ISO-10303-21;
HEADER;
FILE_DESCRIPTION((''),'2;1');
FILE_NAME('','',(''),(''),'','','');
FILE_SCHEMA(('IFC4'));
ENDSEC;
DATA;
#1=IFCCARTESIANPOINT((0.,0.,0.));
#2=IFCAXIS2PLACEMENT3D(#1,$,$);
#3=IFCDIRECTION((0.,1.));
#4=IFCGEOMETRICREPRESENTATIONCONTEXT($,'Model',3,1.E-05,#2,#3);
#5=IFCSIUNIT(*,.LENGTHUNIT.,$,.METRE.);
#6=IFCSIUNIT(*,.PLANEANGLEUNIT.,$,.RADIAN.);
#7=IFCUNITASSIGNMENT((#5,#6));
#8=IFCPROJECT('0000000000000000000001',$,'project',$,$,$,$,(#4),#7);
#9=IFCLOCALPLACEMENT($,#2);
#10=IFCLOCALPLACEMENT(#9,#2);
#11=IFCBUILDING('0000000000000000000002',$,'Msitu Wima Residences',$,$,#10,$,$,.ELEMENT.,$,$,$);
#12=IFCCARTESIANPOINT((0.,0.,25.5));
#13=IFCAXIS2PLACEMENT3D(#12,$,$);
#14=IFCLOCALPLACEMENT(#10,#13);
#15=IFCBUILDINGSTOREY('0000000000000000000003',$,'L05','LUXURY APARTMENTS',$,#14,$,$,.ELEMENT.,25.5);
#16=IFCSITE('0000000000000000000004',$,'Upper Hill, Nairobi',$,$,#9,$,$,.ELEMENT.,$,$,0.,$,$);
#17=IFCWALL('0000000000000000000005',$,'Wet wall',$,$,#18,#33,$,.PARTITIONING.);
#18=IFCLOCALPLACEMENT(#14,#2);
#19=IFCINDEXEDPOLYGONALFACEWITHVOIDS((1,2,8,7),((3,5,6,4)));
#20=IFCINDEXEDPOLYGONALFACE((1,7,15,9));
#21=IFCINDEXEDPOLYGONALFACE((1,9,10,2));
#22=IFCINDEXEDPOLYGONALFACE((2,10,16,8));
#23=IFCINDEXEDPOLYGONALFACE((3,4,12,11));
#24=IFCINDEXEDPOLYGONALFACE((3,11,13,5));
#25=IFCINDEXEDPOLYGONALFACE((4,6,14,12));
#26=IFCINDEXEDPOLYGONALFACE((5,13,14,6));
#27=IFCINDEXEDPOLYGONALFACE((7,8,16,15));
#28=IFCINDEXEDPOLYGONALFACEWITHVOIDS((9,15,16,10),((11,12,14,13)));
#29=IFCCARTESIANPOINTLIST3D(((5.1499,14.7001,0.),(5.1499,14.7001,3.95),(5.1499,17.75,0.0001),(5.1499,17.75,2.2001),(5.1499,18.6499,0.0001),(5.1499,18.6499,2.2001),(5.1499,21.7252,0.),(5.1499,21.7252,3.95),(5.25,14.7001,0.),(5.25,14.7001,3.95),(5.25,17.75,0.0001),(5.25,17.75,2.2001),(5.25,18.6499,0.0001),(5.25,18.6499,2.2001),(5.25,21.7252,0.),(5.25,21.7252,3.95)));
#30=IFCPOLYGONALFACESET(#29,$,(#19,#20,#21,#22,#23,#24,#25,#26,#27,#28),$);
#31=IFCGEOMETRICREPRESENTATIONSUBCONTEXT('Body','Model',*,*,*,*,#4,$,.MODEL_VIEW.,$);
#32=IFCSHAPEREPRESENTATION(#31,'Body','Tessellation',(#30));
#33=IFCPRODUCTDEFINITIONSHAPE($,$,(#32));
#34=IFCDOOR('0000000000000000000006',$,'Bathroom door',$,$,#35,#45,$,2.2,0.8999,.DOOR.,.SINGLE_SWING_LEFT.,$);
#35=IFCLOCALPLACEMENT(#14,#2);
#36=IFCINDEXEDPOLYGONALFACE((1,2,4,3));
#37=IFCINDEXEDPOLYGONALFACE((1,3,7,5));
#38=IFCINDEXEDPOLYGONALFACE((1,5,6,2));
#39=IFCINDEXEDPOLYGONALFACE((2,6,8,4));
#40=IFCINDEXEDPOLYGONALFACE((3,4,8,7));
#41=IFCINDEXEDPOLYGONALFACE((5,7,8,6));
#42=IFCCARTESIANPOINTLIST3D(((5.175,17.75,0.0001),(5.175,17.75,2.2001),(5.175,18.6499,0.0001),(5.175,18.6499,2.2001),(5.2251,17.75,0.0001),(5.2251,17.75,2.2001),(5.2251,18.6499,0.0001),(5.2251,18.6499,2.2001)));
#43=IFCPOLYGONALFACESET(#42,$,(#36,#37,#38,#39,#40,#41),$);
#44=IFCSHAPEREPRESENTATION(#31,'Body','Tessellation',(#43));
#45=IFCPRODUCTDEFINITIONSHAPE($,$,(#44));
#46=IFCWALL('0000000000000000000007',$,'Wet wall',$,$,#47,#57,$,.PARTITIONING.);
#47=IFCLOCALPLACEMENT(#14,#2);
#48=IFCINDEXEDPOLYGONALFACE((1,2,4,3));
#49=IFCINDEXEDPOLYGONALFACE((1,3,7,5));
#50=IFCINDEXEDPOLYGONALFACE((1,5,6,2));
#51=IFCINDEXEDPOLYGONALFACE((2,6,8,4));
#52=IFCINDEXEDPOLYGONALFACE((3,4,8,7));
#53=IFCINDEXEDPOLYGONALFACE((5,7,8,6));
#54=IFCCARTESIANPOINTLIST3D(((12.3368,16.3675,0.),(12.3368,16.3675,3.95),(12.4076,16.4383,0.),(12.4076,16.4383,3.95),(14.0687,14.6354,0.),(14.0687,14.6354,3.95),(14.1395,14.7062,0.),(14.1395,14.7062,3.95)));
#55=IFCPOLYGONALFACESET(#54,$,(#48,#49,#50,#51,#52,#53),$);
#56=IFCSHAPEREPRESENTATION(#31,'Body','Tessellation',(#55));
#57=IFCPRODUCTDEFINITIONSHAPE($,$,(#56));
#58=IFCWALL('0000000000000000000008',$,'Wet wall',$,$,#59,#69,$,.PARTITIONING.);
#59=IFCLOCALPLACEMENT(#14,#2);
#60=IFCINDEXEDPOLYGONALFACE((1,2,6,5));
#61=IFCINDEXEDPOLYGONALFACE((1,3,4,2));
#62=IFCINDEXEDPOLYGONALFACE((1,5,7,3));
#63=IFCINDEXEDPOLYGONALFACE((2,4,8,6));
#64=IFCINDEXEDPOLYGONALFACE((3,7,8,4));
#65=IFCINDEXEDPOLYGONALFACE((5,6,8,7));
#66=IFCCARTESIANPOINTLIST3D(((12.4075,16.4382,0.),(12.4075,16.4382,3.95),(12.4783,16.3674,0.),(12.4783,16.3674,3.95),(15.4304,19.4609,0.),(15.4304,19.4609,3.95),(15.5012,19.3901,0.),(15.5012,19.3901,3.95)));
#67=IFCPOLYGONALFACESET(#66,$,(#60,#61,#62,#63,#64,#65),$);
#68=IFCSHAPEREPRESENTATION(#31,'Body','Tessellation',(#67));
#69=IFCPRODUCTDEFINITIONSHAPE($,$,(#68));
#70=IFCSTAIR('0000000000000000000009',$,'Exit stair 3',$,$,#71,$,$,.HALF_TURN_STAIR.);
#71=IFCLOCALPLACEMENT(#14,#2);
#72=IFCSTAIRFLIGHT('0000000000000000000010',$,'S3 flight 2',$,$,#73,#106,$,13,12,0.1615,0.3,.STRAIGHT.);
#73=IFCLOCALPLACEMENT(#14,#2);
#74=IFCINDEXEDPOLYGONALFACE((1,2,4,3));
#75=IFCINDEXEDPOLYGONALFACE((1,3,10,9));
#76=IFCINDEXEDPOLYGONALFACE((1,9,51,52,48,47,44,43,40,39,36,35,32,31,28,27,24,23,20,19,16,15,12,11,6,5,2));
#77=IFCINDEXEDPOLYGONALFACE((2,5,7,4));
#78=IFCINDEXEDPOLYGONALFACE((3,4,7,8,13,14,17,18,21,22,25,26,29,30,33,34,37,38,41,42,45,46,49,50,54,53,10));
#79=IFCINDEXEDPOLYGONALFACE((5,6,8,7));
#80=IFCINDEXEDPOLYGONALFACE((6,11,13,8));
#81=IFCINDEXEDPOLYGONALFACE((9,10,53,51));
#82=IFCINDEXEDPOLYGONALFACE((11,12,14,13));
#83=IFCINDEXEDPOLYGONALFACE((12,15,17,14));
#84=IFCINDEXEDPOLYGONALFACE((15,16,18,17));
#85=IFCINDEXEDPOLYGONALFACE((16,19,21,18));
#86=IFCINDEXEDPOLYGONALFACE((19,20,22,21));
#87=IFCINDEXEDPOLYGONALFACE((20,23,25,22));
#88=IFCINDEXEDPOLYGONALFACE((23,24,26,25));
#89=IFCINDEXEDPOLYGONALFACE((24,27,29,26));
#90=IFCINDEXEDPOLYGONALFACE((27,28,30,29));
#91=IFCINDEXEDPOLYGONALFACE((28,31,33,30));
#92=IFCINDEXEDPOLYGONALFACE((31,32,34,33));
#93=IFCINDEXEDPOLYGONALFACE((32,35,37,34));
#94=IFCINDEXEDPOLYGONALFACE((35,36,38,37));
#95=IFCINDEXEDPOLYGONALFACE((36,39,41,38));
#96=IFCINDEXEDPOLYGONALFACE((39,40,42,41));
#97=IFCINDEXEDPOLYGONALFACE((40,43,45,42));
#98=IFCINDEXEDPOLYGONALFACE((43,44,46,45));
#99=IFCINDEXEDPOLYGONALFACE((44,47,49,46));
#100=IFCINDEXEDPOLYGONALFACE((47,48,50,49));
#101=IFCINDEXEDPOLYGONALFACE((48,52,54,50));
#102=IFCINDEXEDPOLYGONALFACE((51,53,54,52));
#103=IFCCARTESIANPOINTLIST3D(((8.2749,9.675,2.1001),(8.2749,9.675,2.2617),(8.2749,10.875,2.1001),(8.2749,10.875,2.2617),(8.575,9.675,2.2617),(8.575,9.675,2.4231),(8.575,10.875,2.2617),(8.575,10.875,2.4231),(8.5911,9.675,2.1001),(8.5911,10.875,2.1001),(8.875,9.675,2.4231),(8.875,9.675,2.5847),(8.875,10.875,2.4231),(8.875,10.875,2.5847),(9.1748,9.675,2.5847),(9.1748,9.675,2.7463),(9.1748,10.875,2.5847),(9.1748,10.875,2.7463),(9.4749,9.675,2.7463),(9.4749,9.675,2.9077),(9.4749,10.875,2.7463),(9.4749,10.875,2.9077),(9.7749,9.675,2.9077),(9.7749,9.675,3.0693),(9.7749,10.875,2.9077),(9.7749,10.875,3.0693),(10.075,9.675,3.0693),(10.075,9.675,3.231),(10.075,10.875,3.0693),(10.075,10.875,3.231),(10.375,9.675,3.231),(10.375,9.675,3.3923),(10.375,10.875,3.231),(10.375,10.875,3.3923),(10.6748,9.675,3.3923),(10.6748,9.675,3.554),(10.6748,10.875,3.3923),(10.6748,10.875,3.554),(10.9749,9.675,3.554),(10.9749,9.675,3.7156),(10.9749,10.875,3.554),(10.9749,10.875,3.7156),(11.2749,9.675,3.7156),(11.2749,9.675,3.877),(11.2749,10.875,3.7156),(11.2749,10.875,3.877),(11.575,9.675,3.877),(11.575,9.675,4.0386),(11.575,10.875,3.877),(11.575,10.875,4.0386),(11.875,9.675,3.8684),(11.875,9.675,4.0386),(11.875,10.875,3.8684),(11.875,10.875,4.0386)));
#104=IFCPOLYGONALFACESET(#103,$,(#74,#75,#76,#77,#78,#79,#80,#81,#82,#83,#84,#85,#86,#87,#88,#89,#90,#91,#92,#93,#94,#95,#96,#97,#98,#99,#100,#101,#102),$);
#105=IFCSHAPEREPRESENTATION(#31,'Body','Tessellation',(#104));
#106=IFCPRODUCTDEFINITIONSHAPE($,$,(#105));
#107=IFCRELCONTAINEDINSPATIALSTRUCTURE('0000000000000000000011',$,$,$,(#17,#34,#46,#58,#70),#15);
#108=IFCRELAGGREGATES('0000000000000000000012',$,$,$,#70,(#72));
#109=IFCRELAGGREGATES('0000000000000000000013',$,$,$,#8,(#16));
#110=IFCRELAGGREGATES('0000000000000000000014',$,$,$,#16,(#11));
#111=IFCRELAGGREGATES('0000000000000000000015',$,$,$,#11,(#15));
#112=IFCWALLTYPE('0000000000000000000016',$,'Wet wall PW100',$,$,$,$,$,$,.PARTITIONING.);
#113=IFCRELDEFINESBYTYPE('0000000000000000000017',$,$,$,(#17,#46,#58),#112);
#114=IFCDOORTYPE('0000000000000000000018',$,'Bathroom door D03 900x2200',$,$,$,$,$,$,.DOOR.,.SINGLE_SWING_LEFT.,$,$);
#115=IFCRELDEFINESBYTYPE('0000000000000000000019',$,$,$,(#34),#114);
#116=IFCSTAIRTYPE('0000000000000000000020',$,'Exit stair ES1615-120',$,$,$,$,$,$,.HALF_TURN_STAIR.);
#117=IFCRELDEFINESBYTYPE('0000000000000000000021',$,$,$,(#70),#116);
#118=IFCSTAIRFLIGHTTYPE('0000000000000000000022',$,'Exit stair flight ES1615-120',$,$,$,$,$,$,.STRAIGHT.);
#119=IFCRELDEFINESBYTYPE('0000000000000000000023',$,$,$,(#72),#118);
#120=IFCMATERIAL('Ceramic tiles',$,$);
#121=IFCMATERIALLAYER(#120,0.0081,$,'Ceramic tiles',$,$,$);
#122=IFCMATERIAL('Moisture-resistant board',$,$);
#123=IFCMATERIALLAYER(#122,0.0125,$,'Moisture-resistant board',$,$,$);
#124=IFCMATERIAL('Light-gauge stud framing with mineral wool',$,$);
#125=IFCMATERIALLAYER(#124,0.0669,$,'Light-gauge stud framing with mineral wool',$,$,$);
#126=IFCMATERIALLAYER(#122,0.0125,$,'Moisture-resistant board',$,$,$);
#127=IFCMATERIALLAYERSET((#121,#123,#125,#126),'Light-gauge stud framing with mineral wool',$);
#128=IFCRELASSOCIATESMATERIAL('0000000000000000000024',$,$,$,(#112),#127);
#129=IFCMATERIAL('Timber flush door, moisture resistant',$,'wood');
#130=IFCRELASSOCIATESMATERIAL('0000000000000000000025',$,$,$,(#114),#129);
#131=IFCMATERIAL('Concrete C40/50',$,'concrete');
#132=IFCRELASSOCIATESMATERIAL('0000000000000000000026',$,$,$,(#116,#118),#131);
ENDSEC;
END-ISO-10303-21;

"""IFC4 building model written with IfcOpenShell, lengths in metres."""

from ifc_helpers import new_model, si_unit, direction, frame, frame_2d, origin, place, context, subcontext, project, spatial, polyline, rectangle, outline, extrude, material, layer, layer_set, type_object, element, fill, aggregate, save


model = new_model("IFC4")

# Units and contexts
model_context = context("Model", 3, precision=1e-05, world=origin(), true_north=direction((0.0, 1.0)))
body_context = subcontext(model_context, "Body", "Model", "MODEL_VIEW")
ifc_project = project(units=[si_unit("LENGTHUNIT", "METRE"), si_unit("PLANEANGLEUNIT", "RADIAN")], contexts=[model_context])

# Site, building, storey
site_placement = place(None, origin())
site = spatial("IfcSite", under=ifc_project, at=site_placement, Name="Upper Hill, Nairobi", CompositionType="ELEMENT", RefElevation=0.0)
building_placement = place(site_placement, origin())
building = spatial("IfcBuilding", under=site, at=building_placement, Name="Msitu Wima Residences", CompositionType="ELEMENT")
storey_placement = place(building_placement, frame((0.0, 0.0, 25.5)))
storey = spatial("IfcBuildingStorey", under=building, at=storey_placement, Name="L05", Description="LUXURY APARTMENTS", CompositionType="ELEMENT", Elevation=25.5)

# Shared definitions
ifc_material_1 = material(Name="Ceramic tiles")
ifc_layer_1 = layer(ifc_material_1, 0.0081, Name="Ceramic tiles")
ifc_material_2 = material(Name="Moisture-resistant board")
ifc_layer_2 = layer(ifc_material_2, 0.0125, Name="Moisture-resistant board")
ifc_material_3 = material(Name="Light-gauge stud framing with mineral wool")
ifc_layer_3 = layer(ifc_material_3, 0.0669, Name="Light-gauge stud framing with mineral wool")
ifc_layer_4 = layer(ifc_material_2, 0.0125, Name="Moisture-resistant board")
ifc_layer_set_1 = layer_set([ifc_layer_1, ifc_layer_2, ifc_layer_3, ifc_layer_4], Name="Light-gauge stud framing with mineral wool")
wall_type_1 = type_object("IfcWallType", Name="Wet wall PW100", PredefinedType="PARTITIONING", material=ifc_layer_set_1)
ifc_material_4 = material(Name="Timber flush door, moisture resistant", Category="wood")
door_type_1 = type_object("IfcDoorType", Name="Bathroom door D03 900x2200", OperationType="SINGLE_SWING_LEFT", PredefinedType="DOOR", material=ifc_material_4)

# Wall, opening, door
wall_1_placement = place(storey_placement, frame((5.2, 14.7, 0.0), z_axis=(0.0, 0.0, 1.0), x_axis=(0.0, 1.0, 0.0)))
wall_1 = element("IfcWall", 1, at=wall_1_placement, inside=storey, type_object=wall_type_1, Name="Wet wall", PredefinedType="PARTITIONING", context=body_context, shape_type="SweptSolid", body=[
    extrude(rectangle(XDim=7.0251, YDim=0.1001, at=frame_2d((3.5127, 0.0))), origin(), (0.0, 0.0, 1.0), 3.95),
])
opening_1_placement = place(wall_1_placement, frame((3.05, 0.0, 0.0)))
opening_1 = element("IfcOpeningElement", 2, at=opening_1_placement, cuts=wall_1, PredefinedType="OPENING", context=body_context, shape_type="SweptSolid", body=[
    extrude(rectangle(XDim=0.8999, YDim=2.2, at=frame_2d((0.45, 1.1001))), frame((0.0, 0.0601, 0.0), z_axis=(0.0, -1.0, 0.0), x_axis=(1.0, 0.0, 0.0)), (0.0, 0.0, 1.0), 0.1201),
])
door_1_placement = place(opening_1_placement, origin())
door_1 = element("IfcDoor", 3, at=door_1_placement, inside=storey, type_object=door_type_1, Name="Bathroom door", OperationType="SINGLE_SWING_LEFT", OverallHeight=2.2, OverallWidth=0.8999, PredefinedType="DOOR", context=body_context, shape_type="SweptSolid", body=[
    extrude(rectangle(XDim=0.8999, YDim=2.2, at=frame_2d((0.45, 1.1001))), frame((0.0, 0.0249, 0.0), z_axis=(0.0, -1.0, 0.0), x_axis=(1.0, 0.0, 0.0)), (0.0, 0.0, 1.0), 0.05),
])
fill(opening_1, door_1)

# Walls
wall_2_placement = place(storey_placement, frame((12.3723, 16.4028, 0.0), z_axis=(0.0, 0.0, 1.0), x_axis=(0.707057, -0.707157, 0.0)))
element("IfcWall", 4, at=wall_2_placement, inside=storey, type_object=wall_type_1, Name="Wet wall", PredefinedType="PARTITIONING", context=body_context, shape_type="SweptSolid", body=[
    extrude(rectangle(XDim=2.4495, YDim=0.1001, at=frame_2d((1.2246, 0.0))), origin(), (0.0, 0.0, 1.0), 3.95),
])
wall_3_placement = place(storey_placement, frame((12.4429, 16.4028, 0.0), z_axis=(0.0, 0.0, 1.0), x_axis=(0.707135, 0.707078, 0.0)))
element("IfcWall", 5, at=wall_3_placement, inside=storey, type_object=wall_type_1, Name="Wet wall", PredefinedType="PARTITIONING", context=body_context, shape_type="SweptSolid", body=[
    extrude(rectangle(XDim=4.2749, YDim=0.1001, at=frame_2d((2.1375, 0.0))), origin(), (0.0, 0.0, 1.0), 3.95),
])

# Stair, stair flight
ifc_material_5 = material(Name="Concrete C40/50", Category="concrete")
stair_type = type_object("IfcStairType", Name="Exit stair ES1615-120", PredefinedType="HALF_TURN_STAIR", material=ifc_material_5)
stair_placement = place(storey_placement, origin())
stair = element("IfcStair", 6, at=stair_placement, inside=storey, type_object=stair_type, Name="Exit stair 3", PredefinedType="HALF_TURN_STAIR")
stair_flight_type = type_object("IfcStairFlightType", Name="Exit stair flight ES1615-120", PredefinedType="STRAIGHT", material=ifc_material_5)
stair_flight_placement = place(storey_placement, frame((8.2749, 10.2749, 2.1001), z_axis=(0.0, 0.0, 1.0), x_axis=(1.0, 0.0, 0.0)))
stair_flight = element("IfcStairFlight", 7, at=stair_flight_placement, type_object=stair_flight_type, Name="S3 flight 2", NumberOfRisers=13, NumberOfTreads=12, PredefinedType="STRAIGHT", RiserHeight=0.1615, TreadLength=0.3, context=body_context, shape_type="SweptSolid", body=[
    extrude(outline(polyline([(0.0, 0.0), (0.0, 0.1616), (0.3, 0.1616), (0.3, 0.323), (0.6001, 0.323), (0.6001, 0.4846), (0.8999, 0.4846), (0.8999, 0.6462), (1.2, 0.6462), (1.2, 0.8076), (1.5, 0.8076), (1.5, 0.9692), (1.8, 0.9692), (1.8, 1.1309), (2.1001, 1.1309), (2.1001, 1.2922), (2.3999, 1.2922), (2.3999, 1.4539), (2.7, 1.4539), (2.7, 1.6155), (3.0, 1.6155), (3.0, 1.7769), (3.3, 1.7769), (3.3, 1.9385), (3.6001, 1.9385), (3.6001, 2.1001), (3.6001, 1.7683), (0.3162, 0.0), (0.0, 0.0)])), frame((0.0, 0.6001, 0.0), z_axis=(0.0, -1.0, 0.0), x_axis=(1.0, 0.0, 0.0)), (0.0, 0.0, 1.0), 1.2),
])
aggregate(stair, [stair_flight])

save(model, "model.ifc")
